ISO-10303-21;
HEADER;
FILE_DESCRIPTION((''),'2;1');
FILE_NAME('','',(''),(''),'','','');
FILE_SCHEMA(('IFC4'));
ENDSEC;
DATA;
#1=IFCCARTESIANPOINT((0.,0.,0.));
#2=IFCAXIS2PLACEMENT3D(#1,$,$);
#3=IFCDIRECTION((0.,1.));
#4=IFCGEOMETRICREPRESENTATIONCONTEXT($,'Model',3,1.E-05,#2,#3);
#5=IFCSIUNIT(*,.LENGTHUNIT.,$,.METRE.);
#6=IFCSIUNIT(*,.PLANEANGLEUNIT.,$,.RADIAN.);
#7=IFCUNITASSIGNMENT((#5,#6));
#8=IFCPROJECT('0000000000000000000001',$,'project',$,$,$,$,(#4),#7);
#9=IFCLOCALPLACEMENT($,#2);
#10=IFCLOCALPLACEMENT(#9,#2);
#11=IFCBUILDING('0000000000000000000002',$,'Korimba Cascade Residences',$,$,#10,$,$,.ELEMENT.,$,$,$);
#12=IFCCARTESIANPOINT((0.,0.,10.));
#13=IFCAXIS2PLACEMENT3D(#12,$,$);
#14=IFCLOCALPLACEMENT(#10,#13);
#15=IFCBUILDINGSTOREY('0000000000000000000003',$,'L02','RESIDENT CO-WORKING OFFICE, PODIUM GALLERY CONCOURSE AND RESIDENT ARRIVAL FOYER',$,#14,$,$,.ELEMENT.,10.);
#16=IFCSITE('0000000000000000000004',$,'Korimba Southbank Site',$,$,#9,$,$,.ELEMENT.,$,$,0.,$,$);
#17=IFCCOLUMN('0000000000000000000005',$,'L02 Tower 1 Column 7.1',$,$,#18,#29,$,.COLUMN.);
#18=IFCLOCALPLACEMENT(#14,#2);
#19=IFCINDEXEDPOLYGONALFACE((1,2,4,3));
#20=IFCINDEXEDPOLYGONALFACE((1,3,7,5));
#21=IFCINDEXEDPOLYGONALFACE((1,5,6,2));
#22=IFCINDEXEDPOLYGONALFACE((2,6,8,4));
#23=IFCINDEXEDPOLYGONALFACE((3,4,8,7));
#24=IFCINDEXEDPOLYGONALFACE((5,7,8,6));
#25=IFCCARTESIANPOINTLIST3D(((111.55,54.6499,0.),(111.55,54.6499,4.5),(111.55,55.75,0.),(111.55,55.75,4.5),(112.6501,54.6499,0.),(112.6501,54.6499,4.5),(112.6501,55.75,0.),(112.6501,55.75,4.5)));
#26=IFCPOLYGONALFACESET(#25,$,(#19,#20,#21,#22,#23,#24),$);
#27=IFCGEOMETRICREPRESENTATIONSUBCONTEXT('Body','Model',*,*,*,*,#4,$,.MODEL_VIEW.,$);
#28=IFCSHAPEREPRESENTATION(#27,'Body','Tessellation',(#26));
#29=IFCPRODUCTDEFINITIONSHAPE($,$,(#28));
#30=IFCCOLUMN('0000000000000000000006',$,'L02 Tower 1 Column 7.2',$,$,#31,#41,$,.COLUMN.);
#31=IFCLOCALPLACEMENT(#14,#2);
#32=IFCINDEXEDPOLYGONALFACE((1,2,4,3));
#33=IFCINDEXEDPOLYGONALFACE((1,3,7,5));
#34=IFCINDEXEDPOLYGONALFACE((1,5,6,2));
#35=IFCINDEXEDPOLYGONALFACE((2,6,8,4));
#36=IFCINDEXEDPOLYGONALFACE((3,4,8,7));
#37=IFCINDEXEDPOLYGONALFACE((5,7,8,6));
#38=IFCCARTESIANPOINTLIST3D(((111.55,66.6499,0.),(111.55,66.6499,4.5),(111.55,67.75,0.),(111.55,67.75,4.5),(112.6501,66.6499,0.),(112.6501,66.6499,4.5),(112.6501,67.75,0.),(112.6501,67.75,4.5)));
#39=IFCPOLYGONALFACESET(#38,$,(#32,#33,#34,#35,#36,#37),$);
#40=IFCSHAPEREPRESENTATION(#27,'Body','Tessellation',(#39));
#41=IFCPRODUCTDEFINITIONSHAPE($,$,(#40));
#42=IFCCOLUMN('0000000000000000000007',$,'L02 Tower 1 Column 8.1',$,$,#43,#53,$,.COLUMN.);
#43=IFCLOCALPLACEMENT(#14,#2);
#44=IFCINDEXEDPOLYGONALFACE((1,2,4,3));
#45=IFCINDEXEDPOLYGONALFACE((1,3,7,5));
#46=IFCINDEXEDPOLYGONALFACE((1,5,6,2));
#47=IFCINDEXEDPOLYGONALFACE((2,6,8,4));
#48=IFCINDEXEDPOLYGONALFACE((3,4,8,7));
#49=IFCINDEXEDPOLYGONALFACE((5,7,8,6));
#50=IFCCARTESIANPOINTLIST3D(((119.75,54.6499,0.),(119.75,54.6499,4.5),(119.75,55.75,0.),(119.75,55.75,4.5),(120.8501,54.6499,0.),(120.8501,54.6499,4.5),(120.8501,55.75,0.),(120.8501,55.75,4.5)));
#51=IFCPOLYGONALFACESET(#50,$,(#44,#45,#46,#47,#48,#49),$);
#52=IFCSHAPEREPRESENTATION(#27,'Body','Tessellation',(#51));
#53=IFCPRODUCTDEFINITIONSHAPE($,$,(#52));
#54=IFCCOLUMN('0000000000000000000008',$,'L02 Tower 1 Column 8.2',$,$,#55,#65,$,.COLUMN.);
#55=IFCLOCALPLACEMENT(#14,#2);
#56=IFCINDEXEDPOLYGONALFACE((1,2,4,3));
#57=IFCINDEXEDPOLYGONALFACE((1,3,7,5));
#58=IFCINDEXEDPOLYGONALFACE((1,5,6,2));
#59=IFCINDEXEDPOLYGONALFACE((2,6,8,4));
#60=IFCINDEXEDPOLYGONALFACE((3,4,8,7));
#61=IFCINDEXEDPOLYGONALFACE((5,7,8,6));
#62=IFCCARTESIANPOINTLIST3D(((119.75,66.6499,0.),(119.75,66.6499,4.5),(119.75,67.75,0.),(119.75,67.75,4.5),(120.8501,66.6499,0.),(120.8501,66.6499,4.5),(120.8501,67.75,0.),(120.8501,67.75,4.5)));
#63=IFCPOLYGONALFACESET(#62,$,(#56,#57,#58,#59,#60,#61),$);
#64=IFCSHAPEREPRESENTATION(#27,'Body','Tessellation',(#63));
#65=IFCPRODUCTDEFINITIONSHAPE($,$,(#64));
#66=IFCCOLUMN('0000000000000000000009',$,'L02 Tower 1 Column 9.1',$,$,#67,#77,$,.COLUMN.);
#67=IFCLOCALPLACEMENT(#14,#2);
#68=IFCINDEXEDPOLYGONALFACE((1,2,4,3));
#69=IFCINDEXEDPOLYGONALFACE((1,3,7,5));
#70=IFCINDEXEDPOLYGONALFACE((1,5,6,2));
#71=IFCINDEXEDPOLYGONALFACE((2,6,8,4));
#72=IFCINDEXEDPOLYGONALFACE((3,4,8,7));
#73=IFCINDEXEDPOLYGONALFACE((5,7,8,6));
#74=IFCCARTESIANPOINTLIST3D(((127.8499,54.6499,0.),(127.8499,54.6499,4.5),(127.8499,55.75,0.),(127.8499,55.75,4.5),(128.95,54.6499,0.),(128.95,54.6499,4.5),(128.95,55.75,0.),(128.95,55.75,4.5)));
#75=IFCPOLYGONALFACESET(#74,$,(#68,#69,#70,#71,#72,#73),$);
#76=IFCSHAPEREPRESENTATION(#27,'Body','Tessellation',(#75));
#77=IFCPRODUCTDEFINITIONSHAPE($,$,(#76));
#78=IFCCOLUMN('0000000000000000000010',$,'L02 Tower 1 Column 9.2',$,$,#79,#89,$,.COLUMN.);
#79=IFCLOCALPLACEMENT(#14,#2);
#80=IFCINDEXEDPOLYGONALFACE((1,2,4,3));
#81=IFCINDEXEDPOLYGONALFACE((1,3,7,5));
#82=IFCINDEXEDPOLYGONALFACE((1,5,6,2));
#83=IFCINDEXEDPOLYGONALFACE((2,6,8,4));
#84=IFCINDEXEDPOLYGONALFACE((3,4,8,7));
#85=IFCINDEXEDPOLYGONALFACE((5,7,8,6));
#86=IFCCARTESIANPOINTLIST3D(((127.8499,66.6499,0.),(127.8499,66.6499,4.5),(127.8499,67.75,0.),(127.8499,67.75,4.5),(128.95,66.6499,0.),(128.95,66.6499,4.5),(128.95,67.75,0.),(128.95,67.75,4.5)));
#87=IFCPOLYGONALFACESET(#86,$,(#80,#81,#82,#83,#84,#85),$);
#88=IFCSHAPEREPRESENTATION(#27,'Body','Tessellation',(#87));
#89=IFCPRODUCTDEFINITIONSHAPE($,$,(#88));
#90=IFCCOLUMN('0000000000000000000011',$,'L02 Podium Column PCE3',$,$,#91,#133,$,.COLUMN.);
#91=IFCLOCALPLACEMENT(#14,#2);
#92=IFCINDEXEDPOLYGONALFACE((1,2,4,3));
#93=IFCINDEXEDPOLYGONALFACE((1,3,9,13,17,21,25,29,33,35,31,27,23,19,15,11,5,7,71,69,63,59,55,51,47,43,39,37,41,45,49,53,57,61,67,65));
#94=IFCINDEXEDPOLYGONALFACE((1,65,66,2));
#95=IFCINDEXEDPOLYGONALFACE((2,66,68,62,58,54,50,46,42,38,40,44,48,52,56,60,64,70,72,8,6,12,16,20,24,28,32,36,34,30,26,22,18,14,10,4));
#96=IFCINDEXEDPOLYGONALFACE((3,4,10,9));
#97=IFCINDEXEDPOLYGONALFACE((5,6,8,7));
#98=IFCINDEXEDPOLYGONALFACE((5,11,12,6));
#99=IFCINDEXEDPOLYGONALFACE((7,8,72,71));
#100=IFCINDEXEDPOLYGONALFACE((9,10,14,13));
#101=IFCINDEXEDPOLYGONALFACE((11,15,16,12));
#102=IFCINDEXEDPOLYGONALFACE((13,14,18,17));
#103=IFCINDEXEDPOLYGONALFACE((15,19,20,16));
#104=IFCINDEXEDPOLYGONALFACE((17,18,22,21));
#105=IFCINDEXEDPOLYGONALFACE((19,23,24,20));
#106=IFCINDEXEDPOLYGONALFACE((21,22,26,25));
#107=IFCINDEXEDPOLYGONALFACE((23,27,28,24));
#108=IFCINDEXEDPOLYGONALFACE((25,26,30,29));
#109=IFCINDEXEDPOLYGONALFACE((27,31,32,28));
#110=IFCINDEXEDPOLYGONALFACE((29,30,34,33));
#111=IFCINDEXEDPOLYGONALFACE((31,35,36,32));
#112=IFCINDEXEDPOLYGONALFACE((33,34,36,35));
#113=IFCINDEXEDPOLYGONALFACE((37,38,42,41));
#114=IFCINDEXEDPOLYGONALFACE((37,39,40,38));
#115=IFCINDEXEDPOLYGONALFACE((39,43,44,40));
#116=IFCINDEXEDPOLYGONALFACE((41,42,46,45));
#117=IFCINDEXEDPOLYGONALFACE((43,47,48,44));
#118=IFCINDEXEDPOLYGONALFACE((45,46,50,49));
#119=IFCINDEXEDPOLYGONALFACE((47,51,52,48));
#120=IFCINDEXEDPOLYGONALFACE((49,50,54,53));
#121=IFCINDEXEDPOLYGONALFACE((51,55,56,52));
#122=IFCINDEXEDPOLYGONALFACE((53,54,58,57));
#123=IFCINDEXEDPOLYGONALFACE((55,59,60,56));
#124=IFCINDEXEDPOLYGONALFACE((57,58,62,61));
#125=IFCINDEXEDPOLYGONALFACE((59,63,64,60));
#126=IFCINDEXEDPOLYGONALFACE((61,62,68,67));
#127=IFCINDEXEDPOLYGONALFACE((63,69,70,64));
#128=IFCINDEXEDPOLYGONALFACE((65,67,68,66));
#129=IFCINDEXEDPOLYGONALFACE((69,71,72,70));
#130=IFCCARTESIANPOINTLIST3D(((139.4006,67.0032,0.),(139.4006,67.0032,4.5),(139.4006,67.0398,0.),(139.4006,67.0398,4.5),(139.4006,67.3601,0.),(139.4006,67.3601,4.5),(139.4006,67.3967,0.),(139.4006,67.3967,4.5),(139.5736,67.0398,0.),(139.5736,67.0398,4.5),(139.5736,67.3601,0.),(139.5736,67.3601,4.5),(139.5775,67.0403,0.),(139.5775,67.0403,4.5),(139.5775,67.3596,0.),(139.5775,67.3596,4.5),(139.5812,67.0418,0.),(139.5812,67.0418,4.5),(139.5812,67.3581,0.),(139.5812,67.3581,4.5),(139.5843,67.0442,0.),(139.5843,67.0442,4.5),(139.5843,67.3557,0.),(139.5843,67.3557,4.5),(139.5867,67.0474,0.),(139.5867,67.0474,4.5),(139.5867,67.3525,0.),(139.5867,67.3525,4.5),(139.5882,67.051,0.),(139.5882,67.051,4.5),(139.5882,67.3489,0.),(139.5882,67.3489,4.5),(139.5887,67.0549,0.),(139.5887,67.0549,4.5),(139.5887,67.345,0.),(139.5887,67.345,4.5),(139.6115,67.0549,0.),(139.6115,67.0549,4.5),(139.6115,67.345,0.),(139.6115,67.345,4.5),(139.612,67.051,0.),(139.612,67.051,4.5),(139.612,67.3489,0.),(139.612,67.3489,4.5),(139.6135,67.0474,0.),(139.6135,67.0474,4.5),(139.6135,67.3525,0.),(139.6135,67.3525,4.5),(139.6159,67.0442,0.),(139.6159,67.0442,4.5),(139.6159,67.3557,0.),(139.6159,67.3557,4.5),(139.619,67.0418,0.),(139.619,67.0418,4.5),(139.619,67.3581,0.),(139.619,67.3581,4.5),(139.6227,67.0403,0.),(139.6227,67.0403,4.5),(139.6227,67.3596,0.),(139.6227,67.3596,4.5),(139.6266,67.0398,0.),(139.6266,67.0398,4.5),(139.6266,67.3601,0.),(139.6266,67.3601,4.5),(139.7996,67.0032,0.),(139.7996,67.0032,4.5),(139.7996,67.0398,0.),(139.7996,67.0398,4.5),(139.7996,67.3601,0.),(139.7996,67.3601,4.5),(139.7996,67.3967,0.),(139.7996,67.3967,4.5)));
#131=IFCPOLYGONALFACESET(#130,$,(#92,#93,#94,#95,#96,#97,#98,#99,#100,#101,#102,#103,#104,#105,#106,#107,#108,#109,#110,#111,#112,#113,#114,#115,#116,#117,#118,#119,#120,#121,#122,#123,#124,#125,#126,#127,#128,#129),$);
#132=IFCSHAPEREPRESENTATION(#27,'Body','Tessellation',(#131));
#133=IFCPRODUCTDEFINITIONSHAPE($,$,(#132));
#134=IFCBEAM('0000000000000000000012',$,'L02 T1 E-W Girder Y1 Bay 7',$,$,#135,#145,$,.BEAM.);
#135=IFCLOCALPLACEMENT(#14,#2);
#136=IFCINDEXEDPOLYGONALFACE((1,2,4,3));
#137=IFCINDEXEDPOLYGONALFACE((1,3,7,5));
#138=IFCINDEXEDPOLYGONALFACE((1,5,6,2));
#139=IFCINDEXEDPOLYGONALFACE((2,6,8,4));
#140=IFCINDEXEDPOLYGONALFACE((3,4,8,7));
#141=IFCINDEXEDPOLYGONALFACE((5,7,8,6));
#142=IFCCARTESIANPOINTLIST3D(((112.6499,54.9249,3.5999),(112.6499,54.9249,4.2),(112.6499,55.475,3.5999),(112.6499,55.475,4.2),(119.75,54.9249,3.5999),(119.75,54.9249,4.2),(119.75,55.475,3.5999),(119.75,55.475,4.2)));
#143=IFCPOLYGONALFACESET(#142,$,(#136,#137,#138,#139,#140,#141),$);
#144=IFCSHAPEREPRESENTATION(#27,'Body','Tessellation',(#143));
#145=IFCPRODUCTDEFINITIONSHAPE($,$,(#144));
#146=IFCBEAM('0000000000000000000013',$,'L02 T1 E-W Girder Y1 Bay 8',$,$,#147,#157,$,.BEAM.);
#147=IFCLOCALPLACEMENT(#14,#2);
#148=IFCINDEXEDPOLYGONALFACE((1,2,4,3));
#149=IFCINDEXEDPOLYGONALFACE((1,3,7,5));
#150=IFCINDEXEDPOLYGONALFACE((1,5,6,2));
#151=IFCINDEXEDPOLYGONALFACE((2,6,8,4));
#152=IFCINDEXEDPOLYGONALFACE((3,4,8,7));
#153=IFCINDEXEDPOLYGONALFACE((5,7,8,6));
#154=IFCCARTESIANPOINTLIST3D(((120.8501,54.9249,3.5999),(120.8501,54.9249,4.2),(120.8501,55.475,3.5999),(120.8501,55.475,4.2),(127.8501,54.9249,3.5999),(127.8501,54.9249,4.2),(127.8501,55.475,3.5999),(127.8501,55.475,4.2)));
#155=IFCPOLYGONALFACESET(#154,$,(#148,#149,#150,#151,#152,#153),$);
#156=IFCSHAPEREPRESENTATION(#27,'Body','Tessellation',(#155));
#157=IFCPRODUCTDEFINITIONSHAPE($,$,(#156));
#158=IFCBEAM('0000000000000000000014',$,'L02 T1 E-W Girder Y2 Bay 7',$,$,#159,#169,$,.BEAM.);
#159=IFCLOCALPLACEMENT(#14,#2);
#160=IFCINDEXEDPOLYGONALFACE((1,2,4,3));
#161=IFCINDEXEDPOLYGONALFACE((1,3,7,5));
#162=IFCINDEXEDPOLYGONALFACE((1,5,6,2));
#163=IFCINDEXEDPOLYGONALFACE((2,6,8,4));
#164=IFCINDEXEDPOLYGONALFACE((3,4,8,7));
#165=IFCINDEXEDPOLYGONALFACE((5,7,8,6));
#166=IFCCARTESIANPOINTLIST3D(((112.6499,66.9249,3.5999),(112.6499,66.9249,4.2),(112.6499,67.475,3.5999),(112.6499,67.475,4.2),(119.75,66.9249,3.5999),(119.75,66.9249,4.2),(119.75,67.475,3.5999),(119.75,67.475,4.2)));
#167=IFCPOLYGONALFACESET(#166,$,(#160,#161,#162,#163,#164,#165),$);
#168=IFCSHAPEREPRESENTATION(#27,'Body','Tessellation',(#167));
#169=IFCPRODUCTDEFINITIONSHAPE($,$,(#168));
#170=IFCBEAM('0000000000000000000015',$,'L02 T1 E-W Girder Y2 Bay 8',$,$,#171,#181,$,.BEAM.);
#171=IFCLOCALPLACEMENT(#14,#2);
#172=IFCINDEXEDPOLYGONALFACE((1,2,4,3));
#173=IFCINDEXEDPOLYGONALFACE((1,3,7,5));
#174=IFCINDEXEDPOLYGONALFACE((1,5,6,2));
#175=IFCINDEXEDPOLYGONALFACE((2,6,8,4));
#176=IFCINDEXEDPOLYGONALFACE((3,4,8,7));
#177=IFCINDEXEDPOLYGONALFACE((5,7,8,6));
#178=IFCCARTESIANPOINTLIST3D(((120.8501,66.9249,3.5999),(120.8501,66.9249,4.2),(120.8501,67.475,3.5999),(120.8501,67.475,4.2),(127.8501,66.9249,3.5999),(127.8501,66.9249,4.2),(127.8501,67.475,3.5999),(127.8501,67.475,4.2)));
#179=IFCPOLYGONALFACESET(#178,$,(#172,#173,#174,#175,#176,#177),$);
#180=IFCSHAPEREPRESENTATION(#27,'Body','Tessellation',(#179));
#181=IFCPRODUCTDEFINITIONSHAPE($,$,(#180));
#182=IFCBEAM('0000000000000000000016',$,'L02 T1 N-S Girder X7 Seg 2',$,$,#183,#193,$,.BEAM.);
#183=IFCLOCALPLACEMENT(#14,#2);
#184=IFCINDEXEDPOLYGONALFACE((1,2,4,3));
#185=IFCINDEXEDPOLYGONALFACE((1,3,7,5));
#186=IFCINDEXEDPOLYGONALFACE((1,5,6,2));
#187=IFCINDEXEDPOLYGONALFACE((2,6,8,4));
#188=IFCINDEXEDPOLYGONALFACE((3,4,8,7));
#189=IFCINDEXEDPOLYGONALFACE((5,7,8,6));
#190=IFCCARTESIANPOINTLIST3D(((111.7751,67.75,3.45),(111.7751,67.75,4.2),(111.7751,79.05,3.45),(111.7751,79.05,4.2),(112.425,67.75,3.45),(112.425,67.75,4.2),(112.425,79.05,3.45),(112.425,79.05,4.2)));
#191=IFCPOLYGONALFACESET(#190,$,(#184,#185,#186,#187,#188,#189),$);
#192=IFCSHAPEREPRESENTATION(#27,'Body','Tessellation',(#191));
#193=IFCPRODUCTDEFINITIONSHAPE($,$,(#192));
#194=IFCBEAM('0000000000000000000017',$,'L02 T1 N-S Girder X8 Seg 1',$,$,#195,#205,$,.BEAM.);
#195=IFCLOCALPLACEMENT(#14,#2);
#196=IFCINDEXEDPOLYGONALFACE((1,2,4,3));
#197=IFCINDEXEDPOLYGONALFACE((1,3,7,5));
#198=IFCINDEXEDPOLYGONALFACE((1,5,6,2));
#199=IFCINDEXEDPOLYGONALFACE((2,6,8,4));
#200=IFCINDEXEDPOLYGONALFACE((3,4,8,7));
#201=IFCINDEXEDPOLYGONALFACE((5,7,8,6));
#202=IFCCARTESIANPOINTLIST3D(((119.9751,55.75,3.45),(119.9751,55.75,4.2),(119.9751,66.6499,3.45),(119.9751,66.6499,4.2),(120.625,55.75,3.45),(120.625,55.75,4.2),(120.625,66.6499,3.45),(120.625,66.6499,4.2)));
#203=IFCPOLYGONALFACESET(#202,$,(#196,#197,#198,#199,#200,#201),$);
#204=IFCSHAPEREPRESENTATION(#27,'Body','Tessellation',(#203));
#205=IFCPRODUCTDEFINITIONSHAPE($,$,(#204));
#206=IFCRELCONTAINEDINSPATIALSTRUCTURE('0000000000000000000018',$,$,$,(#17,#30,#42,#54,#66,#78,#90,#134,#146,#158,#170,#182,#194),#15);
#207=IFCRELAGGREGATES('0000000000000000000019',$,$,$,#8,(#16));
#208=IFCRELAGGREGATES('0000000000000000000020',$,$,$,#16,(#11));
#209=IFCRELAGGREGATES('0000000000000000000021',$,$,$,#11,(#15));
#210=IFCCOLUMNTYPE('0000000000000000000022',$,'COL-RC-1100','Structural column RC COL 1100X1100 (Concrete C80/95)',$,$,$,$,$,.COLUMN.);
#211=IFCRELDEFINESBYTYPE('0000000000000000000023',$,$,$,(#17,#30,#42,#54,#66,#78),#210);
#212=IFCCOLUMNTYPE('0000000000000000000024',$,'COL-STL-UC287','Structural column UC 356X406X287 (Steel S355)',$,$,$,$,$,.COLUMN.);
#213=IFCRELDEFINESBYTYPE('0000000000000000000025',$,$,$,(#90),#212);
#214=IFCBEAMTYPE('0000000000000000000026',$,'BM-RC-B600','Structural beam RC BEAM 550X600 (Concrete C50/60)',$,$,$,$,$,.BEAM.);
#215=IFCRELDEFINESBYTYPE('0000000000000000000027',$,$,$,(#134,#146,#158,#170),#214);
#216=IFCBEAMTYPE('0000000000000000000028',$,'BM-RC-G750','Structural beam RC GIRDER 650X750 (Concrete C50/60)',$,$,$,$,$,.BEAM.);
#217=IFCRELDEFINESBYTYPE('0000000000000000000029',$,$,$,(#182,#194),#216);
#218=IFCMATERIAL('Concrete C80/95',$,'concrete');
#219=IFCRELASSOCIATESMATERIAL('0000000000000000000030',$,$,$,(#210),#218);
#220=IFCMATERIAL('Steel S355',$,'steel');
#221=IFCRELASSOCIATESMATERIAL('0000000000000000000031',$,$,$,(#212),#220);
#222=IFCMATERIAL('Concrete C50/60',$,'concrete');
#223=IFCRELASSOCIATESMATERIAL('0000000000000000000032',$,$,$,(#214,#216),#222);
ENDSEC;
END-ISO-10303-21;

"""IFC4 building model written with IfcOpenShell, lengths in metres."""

from ifc_helpers import new_model, si_unit, direction, frame, origin, origin_2d, place, context, subcontext, project, spatial, rectangle, i_section, extrude, material, material_profile, profile_set, type_object, element, save


model = new_model("IFC4")

# Units and contexts
model_context = context("Model", 3, precision=1e-05, world=origin(), true_north=direction((0.0, 1.0)))
body_context = subcontext(model_context, "Body", "Model", "MODEL_VIEW")
ifc_project = project(units=[si_unit("LENGTHUNIT", "METRE"), si_unit("PLANEANGLEUNIT", "RADIAN")], contexts=[model_context])

# Site, building, storey
site_placement = place(None, origin())
site = spatial("IfcSite", under=ifc_project, at=site_placement, Name="Korimba Southbank Site", CompositionType="ELEMENT", RefElevation=0.0)
building_placement = place(site_placement, origin())
building = spatial("IfcBuilding", under=site, at=building_placement, Name="Korimba Cascade Residences", CompositionType="ELEMENT")
storey_placement = place(building_placement, frame((0.0, 0.0, 10.0)))
storey = spatial("IfcBuildingStorey", under=building, at=storey_placement, Name="L02", Description="RESIDENT CO-WORKING OFFICE, PODIUM GALLERY CONCOURSE AND RESIDENT ARRIVAL FOYER", CompositionType="ELEMENT", Elevation=10.0)

# Columns
ifc_material_1 = material(Name="Concrete C80/95", Category="concrete")
ifc_material_profile_1 = material_profile(ifc_material_1, rectangle(XDim=1.1001, YDim=1.1001, at=origin_2d()), Name="Concrete C80/95")
ifc_profile_set_1 = profile_set([ifc_material_profile_1], Name="Concrete C80/95")
column_type_1 = type_object("IfcColumnType", Name="COL-RC-1100", Description="Structural column RC COL 1100X1100 (Concrete C80/95)", PredefinedType="COLUMN", material=ifc_profile_set_1)
for number, where, z_axis, x_axis, name in (
    (1, (112.1001, 55.2, 0.0), (0.0, 0.0, 1.0), (1.0, 0.0, 0.0), "L02 Tower 1 Column 7.1"),
    (2, (112.1001, 67.2, 0.0), (0.0, 0.0, 1.0), (1.0, 0.0, 0.0), "L02 Tower 1 Column 7.2"),
    (3, (120.3, 55.2, 0.0), (0.0, 0.0, 1.0), (1.0, 0.0, 0.0), "L02 Tower 1 Column 8.1"),
    (4, (120.3, 67.2, 0.0), (0.0, 0.0, 1.0), (1.0, 0.0, 0.0), "L02 Tower 1 Column 8.2"),
    (5, (128.3999, 55.2, 0.0), (0.0, 0.0, 1.0), (1.0, 0.0, 0.0), "L02 Tower 1 Column 9.1"),
    (6, (128.3999, 67.2, 0.0), (0.0, 0.0, 1.0), (1.0, 0.0, 0.0), "L02 Tower 1 Column 9.2"),
):
    element("IfcColumn", number, at=place(storey_placement, frame(where, z_axis=z_axis, x_axis=x_axis)), inside=storey, type_object=column_type_1, Name=name, PredefinedType="COLUMN", context=body_context, shape_type="SweptSolid", body=[
        extrude(rectangle(XDim=1.1001, YDim=1.1001, at=origin_2d()), origin(), (0.0, 0.0, 1.0), 4.5),
    ])
ifc_material_2 = material(Name="Steel S355", Category="steel")
ifc_material_profile_2 = material_profile(ifc_material_2, i_section(OverallWidth=0.3989, OverallDepth=0.3936, WebThickness=0.0227, FlangeThickness=0.0366, FilletRadius=0.0151, at=origin_2d()), Name="Steel S355")
ifc_profile_set_2 = profile_set([ifc_material_profile_2], Name="Steel S355")
column_type_2 = type_object("IfcColumnType", Name="COL-STL-UC287", Description="Structural column UC 356X406X287 (Steel S355)", PredefinedType="COLUMN", material=ifc_profile_set_2)
column_placement = place(storey_placement, frame((139.6001, 67.2, 0.0), z_axis=(0.0, 0.0, 1.0), x_axis=(1.0, 0.0, 0.0)))
element("IfcColumn", 7, at=column_placement, inside=storey, type_object=column_type_2, Name="L02 Podium Column PCE3", PredefinedType="COLUMN", context=body_context, shape_type="SweptSolid", body=[
    extrude(i_section(OverallWidth=0.3989, OverallDepth=0.3936, WebThickness=0.0227, FlangeThickness=0.0366, FilletRadius=0.0151, at=origin_2d()), origin(), (0.0, 0.0, 1.0), 4.5),
])

# Beams
ifc_material_3 = material(Name="Concrete C50/60", Category="concrete")
ifc_material_profile_3 = material_profile(ifc_material_3, rectangle(XDim=0.55, YDim=0.6001, at=origin_2d()), Name="Concrete C50/60")
ifc_profile_set_3 = profile_set([ifc_material_profile_3], Name="Concrete C50/60")
beam_type_1 = type_object("IfcBeamType", Name="BM-RC-B600", Description="Structural beam RC BEAM 550X600 (Concrete C50/60)", PredefinedType="BEAM", material=ifc_profile_set_3)
beam_1_placement = place(storey_placement, frame((112.6499, 55.2, 3.8999), z_axis=(1.0, 0.0, 0.0), x_axis=(0.0, 1.0, 0.0)))
element("IfcBeam", 8, at=beam_1_placement, inside=storey, type_object=beam_type_1, Name="L02 T1 E-W Girder Y1 Bay 7", PredefinedType="BEAM", context=body_context, shape_type="SweptSolid", body=[
    extrude(rectangle(XDim=0.55, YDim=0.6001, at=origin_2d()), origin(), (0.0, 0.0, 1.0), 7.1001),
])
beam_2_placement = place(storey_placement, frame((120.8501, 55.2, 3.8999), z_axis=(1.0, 0.0, 0.0), x_axis=(0.0, 1.0, 0.0)))
element("IfcBeam", 9, at=beam_2_placement, inside=storey, type_object=beam_type_1, Name="L02 T1 E-W Girder Y1 Bay 8", PredefinedType="BEAM", context=body_context, shape_type="SweptSolid", body=[
    extrude(rectangle(XDim=0.55, YDim=0.6001, at=origin_2d()), origin(), (0.0, 0.0, 1.0), 7.0),
])
beam_3_placement = place(storey_placement, frame((112.6499, 67.2, 3.8999), z_axis=(1.0, 0.0, 0.0), x_axis=(0.0, 1.0, 0.0)))
element("IfcBeam", 10, at=beam_3_placement, inside=storey, type_object=beam_type_1, Name="L02 T1 E-W Girder Y2 Bay 7", PredefinedType="BEAM", context=body_context, shape_type="SweptSolid", body=[
    extrude(rectangle(XDim=0.55, YDim=0.6001, at=origin_2d()), origin(), (0.0, 0.0, 1.0), 7.1001),
])
beam_4_placement = place(storey_placement, frame((120.8501, 67.2, 3.8999), z_axis=(1.0, 0.0, 0.0), x_axis=(0.0, 1.0, 0.0)))
element("IfcBeam", 11, at=beam_4_placement, inside=storey, type_object=beam_type_1, Name="L02 T1 E-W Girder Y2 Bay 8", PredefinedType="BEAM", context=body_context, shape_type="SweptSolid", body=[
    extrude(rectangle(XDim=0.55, YDim=0.6001, at=origin_2d()), origin(), (0.0, 0.0, 1.0), 7.0),
])
ifc_material_profile_4 = material_profile(ifc_material_3, rectangle(XDim=0.6499, YDim=0.75, at=origin_2d()), Name="Concrete C50/60")
ifc_profile_set_4 = profile_set([ifc_material_profile_4], Name="Concrete C50/60")
beam_type_2 = type_object("IfcBeamType", Name="BM-RC-G750", Description="Structural beam RC GIRDER 650X750 (Concrete C50/60)", PredefinedType="BEAM", material=ifc_profile_set_4)
beam_5_placement = place(storey_placement, frame((112.1001, 67.75, 3.825), z_axis=(0.0, 1.0, 0.0), x_axis=(-1.0, 0.0, 0.0)))
element("IfcBeam", 12, at=beam_5_placement, inside=storey, type_object=beam_type_2, Name="L02 T1 N-S Girder X7 Seg 2", PredefinedType="BEAM", context=body_context, shape_type="SweptSolid", body=[
    extrude(rectangle(XDim=0.6499, YDim=0.75, at=origin_2d()), origin(), (0.0, 0.0, 1.0), 11.3),
])
beam_6_placement = place(storey_placement, frame((120.3, 55.75, 3.825), z_axis=(0.0, 1.0, 0.0), x_axis=(-1.0, 0.0, 0.0)))
element("IfcBeam", 13, at=beam_6_placement, inside=storey, type_object=beam_type_2, Name="L02 T1 N-S Girder X8 Seg 1", PredefinedType="BEAM", context=body_context, shape_type="SweptSolid", body=[
    extrude(rectangle(XDim=0.6499, YDim=0.75, at=origin_2d()), origin(), (0.0, 0.0, 1.0), 10.8999),
])

save(model, "model.ifc")
